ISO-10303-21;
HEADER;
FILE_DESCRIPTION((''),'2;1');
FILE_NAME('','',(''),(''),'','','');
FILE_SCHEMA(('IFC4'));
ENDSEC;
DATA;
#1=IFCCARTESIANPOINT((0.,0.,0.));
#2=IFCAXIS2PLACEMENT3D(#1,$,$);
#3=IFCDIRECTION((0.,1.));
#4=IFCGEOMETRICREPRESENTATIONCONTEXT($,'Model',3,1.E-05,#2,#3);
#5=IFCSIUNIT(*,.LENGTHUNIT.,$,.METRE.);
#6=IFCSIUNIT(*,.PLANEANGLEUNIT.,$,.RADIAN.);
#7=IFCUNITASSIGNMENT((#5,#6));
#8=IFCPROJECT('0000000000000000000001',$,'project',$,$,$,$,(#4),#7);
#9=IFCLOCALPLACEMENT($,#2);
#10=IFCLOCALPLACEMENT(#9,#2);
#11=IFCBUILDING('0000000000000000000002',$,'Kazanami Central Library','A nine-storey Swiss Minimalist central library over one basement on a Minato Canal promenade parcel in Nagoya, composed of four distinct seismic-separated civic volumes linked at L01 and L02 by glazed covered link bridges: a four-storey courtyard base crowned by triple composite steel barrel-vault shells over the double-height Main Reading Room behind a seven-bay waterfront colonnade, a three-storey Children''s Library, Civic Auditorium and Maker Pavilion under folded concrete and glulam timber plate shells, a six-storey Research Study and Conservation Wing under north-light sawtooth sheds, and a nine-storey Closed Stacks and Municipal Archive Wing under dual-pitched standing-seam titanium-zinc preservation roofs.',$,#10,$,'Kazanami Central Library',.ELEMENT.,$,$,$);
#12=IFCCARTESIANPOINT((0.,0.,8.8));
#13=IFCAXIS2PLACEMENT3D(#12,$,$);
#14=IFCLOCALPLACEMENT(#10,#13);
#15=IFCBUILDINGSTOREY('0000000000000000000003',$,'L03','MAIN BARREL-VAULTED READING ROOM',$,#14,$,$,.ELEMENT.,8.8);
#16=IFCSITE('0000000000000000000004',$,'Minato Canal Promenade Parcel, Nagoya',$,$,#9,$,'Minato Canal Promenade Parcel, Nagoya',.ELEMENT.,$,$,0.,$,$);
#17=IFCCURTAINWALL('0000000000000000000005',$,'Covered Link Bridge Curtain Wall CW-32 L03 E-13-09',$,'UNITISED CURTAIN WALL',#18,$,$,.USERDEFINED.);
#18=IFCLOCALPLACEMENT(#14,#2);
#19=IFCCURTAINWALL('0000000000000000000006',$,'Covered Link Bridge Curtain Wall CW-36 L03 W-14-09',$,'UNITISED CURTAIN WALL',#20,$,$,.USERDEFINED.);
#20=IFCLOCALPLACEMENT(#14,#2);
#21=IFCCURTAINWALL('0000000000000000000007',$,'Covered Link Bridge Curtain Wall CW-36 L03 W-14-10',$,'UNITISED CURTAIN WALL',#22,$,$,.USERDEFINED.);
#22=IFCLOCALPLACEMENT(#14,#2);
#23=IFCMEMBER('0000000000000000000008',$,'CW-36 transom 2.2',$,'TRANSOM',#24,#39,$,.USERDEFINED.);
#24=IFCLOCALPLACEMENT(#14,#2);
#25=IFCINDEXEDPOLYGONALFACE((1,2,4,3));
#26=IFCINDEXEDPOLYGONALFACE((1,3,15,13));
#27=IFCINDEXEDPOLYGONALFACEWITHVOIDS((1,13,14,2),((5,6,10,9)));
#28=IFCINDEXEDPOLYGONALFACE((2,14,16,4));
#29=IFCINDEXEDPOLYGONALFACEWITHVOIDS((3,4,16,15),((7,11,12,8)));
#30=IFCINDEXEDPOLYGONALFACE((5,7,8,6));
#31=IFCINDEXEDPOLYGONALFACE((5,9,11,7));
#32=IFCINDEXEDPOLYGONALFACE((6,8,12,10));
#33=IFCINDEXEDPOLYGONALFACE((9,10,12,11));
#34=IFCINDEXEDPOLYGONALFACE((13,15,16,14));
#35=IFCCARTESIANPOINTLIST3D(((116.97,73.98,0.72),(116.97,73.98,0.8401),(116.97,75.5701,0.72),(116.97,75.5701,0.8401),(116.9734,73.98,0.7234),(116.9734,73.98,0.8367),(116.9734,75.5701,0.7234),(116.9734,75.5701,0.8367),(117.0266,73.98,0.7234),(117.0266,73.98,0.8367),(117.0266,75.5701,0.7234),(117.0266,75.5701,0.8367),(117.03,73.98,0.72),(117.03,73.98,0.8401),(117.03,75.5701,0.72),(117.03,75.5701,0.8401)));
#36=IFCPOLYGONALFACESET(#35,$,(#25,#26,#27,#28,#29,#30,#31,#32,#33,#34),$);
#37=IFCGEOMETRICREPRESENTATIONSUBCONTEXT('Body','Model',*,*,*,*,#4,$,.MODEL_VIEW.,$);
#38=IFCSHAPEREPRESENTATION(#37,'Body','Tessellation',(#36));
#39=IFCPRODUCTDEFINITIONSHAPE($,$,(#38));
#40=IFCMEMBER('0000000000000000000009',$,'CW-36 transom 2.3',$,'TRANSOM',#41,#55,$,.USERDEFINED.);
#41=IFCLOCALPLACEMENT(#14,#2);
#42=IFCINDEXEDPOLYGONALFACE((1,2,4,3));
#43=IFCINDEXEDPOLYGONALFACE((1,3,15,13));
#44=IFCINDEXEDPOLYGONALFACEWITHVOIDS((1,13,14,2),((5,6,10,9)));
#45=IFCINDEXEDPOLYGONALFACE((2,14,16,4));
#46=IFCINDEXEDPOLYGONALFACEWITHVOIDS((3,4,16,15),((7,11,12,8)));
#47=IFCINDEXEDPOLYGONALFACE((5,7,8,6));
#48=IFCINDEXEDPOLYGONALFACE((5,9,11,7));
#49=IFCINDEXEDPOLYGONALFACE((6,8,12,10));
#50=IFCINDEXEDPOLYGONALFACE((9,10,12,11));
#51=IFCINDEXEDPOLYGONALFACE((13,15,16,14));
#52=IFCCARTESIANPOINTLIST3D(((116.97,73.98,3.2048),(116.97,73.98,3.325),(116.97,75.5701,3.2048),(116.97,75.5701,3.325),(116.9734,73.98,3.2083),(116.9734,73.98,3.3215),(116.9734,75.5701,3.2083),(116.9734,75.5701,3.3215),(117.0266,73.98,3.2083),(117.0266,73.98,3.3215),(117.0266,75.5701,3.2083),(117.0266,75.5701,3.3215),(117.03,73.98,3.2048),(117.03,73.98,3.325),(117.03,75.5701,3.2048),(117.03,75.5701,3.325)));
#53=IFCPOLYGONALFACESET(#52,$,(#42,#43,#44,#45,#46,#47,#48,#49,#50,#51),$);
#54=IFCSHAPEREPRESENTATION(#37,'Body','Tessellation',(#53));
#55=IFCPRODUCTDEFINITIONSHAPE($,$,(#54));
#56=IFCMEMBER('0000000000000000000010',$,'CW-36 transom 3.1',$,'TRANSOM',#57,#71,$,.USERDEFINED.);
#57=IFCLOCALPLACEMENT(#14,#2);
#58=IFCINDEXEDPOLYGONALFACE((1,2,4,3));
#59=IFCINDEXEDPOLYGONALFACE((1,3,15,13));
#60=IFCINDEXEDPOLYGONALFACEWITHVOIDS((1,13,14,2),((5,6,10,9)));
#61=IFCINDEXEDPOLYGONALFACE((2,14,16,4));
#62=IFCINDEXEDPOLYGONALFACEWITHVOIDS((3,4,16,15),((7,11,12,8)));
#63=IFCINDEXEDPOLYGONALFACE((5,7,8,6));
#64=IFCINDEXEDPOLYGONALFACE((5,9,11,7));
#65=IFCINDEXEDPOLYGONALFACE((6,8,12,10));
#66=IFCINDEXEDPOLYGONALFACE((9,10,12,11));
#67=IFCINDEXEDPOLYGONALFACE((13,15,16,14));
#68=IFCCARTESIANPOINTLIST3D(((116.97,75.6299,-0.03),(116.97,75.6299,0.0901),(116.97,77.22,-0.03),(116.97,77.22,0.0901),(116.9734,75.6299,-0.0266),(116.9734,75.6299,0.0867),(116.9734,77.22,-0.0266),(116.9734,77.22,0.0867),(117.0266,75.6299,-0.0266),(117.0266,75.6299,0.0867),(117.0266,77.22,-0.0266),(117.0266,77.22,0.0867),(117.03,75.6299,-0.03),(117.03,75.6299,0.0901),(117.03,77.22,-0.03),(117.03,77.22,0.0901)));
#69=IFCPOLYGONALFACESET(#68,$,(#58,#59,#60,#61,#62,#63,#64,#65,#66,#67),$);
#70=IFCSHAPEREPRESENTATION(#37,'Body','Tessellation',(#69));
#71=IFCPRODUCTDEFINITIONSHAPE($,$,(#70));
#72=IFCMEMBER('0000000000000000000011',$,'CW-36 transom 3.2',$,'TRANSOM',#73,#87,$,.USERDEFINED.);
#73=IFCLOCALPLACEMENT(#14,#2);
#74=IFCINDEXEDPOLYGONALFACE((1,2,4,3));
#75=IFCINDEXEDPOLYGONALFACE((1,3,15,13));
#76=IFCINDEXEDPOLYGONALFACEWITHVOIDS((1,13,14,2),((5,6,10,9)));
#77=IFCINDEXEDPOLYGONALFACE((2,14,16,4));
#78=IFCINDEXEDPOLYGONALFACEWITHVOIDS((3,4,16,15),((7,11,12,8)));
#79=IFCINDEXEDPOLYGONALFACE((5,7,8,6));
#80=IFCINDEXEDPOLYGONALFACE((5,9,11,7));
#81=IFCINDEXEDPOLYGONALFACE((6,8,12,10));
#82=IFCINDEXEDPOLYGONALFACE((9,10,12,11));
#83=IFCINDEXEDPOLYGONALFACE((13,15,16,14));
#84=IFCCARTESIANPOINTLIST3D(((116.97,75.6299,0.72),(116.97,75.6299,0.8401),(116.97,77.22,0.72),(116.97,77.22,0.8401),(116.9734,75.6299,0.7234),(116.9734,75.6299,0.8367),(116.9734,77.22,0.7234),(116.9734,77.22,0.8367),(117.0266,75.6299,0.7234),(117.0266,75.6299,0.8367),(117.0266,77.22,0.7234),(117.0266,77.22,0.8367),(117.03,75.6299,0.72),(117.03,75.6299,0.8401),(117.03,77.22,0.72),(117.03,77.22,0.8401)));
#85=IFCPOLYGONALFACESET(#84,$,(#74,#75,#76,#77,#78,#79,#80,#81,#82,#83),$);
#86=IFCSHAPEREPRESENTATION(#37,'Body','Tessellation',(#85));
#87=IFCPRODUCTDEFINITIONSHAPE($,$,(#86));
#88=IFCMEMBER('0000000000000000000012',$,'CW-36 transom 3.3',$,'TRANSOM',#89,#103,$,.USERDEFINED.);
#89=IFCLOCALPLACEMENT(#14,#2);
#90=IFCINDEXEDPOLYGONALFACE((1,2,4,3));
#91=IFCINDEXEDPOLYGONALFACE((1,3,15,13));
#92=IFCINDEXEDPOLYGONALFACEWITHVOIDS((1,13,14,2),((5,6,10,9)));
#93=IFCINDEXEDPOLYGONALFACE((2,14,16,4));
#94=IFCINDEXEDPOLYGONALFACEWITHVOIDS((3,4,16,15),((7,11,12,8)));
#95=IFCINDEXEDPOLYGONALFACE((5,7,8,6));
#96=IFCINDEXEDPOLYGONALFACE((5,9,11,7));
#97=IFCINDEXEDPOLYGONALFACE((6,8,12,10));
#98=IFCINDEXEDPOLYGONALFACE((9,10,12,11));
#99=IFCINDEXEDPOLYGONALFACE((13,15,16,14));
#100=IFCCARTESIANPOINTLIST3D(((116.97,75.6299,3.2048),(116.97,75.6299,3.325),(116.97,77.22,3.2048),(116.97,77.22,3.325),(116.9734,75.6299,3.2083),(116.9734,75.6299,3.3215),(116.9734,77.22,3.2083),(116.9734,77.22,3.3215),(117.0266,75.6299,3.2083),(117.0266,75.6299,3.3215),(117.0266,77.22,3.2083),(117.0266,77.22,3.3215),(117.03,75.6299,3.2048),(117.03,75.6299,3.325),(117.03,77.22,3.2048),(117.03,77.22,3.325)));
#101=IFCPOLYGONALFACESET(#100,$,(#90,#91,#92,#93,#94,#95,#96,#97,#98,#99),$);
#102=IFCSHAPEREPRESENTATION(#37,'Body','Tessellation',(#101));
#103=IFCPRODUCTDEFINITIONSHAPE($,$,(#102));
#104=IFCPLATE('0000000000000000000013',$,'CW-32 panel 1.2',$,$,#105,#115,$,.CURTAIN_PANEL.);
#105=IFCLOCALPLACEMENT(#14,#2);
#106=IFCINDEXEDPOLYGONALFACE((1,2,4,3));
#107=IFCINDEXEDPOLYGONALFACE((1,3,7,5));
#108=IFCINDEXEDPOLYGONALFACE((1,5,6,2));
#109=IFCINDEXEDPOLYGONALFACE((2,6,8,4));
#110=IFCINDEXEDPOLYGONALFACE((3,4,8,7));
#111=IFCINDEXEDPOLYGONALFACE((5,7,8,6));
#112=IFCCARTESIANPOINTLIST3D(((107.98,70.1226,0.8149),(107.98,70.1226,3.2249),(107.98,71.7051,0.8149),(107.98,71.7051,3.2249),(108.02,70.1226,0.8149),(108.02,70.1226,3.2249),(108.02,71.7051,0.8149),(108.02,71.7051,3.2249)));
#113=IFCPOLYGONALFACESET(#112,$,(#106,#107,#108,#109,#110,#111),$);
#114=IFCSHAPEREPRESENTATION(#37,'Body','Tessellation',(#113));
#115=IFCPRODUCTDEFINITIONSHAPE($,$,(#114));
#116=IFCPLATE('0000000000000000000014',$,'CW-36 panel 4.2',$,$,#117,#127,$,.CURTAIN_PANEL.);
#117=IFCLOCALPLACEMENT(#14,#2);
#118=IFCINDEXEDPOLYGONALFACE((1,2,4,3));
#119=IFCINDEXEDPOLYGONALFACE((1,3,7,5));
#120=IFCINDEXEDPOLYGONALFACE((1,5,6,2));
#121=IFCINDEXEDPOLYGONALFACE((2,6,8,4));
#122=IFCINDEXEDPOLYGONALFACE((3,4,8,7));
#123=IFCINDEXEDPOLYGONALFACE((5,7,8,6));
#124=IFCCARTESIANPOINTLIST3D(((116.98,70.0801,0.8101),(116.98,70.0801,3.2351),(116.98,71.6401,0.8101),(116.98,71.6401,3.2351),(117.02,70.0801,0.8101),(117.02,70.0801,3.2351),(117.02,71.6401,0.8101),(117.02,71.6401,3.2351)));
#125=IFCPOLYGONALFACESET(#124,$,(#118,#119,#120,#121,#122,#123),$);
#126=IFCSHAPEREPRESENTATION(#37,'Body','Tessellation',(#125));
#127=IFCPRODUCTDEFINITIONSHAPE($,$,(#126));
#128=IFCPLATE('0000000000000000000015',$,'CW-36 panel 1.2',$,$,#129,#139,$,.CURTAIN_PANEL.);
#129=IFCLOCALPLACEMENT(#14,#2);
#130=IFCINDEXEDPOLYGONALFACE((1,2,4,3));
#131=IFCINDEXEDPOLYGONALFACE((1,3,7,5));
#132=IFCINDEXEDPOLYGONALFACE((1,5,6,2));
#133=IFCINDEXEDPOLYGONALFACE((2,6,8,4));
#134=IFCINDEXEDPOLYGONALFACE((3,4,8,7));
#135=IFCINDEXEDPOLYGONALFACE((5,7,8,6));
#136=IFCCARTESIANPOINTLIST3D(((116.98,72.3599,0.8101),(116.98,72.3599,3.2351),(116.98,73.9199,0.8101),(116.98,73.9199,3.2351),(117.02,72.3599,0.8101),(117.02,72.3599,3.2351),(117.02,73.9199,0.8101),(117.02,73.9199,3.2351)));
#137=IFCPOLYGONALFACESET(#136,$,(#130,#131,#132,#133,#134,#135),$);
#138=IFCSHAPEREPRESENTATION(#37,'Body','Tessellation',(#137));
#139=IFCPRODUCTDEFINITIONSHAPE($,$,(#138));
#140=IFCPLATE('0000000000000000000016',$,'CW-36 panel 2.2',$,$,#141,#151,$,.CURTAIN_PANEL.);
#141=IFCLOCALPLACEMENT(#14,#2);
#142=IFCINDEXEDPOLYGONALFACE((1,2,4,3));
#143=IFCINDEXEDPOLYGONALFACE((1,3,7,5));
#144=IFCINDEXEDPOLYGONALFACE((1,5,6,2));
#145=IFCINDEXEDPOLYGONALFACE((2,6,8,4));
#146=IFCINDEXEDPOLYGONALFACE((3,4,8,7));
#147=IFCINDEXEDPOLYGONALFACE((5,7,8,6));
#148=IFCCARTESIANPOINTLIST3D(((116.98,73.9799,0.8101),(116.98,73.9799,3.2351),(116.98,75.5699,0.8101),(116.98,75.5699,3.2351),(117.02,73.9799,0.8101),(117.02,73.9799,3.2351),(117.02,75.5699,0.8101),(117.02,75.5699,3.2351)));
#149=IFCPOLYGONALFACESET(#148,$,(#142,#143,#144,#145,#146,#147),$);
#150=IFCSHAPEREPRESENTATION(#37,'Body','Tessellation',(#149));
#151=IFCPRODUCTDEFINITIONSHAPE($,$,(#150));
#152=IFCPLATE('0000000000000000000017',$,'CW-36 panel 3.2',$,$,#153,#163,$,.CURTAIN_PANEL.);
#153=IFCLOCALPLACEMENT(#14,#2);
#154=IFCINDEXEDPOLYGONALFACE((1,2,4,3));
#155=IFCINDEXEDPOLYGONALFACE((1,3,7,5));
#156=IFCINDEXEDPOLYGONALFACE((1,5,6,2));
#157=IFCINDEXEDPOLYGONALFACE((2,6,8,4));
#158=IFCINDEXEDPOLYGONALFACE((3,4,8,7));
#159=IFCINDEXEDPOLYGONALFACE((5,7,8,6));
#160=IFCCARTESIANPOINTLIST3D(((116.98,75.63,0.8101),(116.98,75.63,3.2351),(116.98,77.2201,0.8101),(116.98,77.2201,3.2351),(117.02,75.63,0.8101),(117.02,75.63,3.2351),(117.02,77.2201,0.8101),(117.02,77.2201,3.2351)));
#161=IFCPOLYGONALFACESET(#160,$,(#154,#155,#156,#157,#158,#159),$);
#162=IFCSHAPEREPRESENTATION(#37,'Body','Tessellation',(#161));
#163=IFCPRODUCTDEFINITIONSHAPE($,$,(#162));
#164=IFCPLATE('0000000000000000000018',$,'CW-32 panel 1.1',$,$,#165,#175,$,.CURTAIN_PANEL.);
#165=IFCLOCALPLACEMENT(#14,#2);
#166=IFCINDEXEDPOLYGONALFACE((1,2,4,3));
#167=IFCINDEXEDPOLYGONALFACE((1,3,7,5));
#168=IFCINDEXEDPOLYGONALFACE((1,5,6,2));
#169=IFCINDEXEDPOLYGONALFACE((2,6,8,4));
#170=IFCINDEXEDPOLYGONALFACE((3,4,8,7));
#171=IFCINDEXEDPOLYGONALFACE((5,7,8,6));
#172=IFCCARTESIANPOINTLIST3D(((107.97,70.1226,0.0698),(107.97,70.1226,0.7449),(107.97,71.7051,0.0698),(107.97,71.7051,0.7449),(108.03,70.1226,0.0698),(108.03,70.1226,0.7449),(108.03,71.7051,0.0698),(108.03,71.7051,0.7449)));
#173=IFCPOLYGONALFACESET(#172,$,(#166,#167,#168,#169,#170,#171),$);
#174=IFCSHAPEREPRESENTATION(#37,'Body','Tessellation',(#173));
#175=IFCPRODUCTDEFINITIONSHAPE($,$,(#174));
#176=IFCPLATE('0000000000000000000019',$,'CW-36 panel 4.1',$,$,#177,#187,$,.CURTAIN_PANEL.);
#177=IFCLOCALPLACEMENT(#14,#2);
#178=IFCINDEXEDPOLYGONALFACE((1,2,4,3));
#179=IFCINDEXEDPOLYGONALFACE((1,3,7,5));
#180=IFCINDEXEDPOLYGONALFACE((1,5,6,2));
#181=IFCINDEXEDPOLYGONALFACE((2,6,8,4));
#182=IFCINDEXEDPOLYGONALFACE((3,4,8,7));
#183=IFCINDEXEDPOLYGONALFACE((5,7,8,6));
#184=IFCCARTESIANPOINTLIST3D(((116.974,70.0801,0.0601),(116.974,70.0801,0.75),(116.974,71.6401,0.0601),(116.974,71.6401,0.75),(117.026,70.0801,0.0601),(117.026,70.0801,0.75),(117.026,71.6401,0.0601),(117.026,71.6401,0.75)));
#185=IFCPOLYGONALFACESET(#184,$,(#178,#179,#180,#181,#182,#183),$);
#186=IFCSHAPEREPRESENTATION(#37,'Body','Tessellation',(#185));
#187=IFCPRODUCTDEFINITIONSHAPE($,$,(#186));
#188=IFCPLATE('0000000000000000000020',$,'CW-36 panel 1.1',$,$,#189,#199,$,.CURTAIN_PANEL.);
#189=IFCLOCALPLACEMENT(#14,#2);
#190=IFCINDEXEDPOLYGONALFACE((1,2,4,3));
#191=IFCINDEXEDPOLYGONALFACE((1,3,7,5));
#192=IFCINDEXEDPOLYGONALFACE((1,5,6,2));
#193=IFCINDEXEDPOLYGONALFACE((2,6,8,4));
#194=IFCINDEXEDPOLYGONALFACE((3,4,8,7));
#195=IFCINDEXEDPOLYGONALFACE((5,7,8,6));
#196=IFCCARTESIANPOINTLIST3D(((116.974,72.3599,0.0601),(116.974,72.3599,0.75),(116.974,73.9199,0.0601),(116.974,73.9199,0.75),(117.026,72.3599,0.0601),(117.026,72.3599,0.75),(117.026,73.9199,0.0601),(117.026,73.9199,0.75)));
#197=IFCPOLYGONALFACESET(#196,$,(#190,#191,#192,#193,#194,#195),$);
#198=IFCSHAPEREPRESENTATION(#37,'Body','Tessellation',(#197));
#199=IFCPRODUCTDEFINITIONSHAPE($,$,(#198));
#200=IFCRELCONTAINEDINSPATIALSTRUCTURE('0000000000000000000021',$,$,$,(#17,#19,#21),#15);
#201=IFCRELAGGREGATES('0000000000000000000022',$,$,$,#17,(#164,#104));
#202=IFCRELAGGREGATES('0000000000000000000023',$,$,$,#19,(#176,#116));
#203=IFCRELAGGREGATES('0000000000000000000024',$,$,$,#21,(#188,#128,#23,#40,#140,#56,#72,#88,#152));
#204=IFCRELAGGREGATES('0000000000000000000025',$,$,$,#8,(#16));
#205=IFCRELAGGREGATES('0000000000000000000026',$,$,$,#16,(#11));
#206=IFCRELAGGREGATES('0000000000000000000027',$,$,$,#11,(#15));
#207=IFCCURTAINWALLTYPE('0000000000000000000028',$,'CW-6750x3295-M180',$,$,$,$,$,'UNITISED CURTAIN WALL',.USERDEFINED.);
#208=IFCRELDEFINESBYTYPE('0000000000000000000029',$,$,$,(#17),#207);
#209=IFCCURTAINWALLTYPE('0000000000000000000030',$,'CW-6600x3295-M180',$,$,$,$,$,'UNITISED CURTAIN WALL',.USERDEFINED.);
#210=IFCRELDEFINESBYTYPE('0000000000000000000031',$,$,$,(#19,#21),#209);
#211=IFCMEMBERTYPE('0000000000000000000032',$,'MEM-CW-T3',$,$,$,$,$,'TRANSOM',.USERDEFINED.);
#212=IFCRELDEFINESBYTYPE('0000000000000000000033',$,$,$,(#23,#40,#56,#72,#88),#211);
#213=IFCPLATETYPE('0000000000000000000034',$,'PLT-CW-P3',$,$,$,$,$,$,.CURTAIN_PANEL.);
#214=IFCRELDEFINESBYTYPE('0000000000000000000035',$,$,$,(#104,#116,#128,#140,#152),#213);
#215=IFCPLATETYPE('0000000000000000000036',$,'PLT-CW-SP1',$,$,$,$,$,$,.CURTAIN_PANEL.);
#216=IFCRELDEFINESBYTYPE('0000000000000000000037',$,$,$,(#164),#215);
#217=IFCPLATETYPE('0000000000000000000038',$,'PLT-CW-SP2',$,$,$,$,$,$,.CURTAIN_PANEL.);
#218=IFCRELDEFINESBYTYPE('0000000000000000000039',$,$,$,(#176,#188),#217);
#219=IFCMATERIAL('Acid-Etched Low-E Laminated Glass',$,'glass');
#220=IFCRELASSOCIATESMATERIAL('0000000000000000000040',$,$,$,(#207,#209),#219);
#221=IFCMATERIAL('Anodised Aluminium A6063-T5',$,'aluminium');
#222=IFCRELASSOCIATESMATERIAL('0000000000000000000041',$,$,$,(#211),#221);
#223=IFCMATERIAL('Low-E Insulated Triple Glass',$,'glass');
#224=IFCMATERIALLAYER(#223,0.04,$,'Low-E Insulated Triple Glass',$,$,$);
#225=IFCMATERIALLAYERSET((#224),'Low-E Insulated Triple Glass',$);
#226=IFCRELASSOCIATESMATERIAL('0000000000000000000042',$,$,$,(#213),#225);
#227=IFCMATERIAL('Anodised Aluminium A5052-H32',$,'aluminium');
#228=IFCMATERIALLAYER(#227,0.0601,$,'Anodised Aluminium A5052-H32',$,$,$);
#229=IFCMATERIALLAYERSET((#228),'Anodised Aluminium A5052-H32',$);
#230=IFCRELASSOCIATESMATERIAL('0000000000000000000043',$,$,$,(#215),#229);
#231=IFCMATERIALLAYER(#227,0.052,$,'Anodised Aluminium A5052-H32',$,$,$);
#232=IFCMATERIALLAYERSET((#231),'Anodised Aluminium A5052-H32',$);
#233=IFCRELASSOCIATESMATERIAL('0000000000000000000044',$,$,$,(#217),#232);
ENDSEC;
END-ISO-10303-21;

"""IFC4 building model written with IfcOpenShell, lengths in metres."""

from ifc_helpers import new_model, si_unit, direction, frame, origin, origin_2d, place, context, subcontext, project, spatial, rectangle, hollow_rectangle, extrude, material, layer, layer_set, material_profile, profile_set, type_object, element, aggregate, save


model = new_model("IFC4")

# Units and contexts
model_context = context("Model", 3, precision=1e-05, world=origin(), true_north=direction((0.0, 1.0)))
body_context = subcontext(model_context, "Body", "Model", "MODEL_VIEW")
ifc_project = project(units=[si_unit("LENGTHUNIT", "METRE"), si_unit("PLANEANGLEUNIT", "RADIAN")], contexts=[model_context])

# Site, building, storey
site_placement = place(None, origin())
site = spatial("IfcSite", under=ifc_project, at=site_placement, Name="Minato Canal Promenade Parcel, Nagoya", LongName="Minato Canal Promenade Parcel, Nagoya", CompositionType="ELEMENT", RefElevation=0.0)
building_placement = place(site_placement, origin())
building = spatial("IfcBuilding", under=site, at=building_placement, Name="Kazanami Central Library", Description="A nine-storey Swiss Minimalist central library over one basement on a Minato Canal promenade parcel in Nagoya, composed of four distinct seismic-separated civic volumes linked at L01 and L02 by glazed covered link bridges: a four-storey courtyard base crowned by triple composite steel barrel-vault shells over the double-height Main Reading Room behind a seven-bay waterfront colonnade, a three-storey Children's Library, Civic Auditorium and Maker Pavilion under folded concrete and glulam timber plate shells, a six-storey Research Study and Conservation Wing under north-light sawtooth sheds, and a nine-storey Closed Stacks and Municipal Archive Wing under dual-pitched standing-seam titanium-zinc preservation roofs.", LongName="Kazanami Central Library", CompositionType="ELEMENT")
storey_placement = place(building_placement, frame((0.0, 0.0, 8.8)))
storey = spatial("IfcBuildingStorey", under=building, at=storey_placement, Name="L03", Description="MAIN BARREL-VAULTED READING ROOM", CompositionType="ELEMENT", Elevation=8.8)

# Curtain wall
ifc_material_1 = material(Name="Acid-Etched Low-E Laminated Glass", Category="glass")
curtain_wall_type_1 = type_object("IfcCurtainWallType", Name="CW-6750x3295-M180", ElementType="UNITISED CURTAIN WALL", PredefinedType="USERDEFINED", material=ifc_material_1)
curtain_wall_1_placement = place(storey_placement, origin())
curtain_wall_1 = element("IfcCurtainWall", 1, at=curtain_wall_1_placement, inside=storey, type_object=curtain_wall_type_1, Name="Covered Link Bridge Curtain Wall CW-32 L03 E-13-09", ObjectType="UNITISED CURTAIN WALL", PredefinedType="USERDEFINED")
ifc_material_2 = material(Name="Anodised Aluminium A6063-T5", Category="aluminium")

# Curtain wall
curtain_wall_type_2 = type_object("IfcCurtainWallType", Name="CW-6600x3295-M180", ElementType="UNITISED CURTAIN WALL", PredefinedType="USERDEFINED", material=ifc_material_1)
curtain_wall_2_placement = place(storey_placement, origin())
curtain_wall_2 = element("IfcCurtainWall", 2, at=curtain_wall_2_placement, inside=storey, type_object=curtain_wall_type_2, Name="Covered Link Bridge Curtain Wall CW-36 L03 W-14-09", ObjectType="UNITISED CURTAIN WALL", PredefinedType="USERDEFINED")

# Curtain wall
curtain_wall_3_placement = place(storey_placement, origin())
curtain_wall_3 = element("IfcCurtainWall", 3, at=curtain_wall_3_placement, inside=storey, type_object=curtain_wall_type_2, Name="Covered Link Bridge Curtain Wall CW-36 L03 W-14-10", ObjectType="UNITISED CURTAIN WALL", PredefinedType="USERDEFINED")

# Members
ifc_material_profile_1 = material_profile(ifc_material_2, hollow_rectangle(XDim=0.0601, YDim=0.1201, WallThickness=0.0034, at=origin_2d()), Name="ALU-TRAN-60x120x3.5")
ifc_profile_set_1 = profile_set([ifc_material_profile_1], Name="Anodised Aluminium A6063-T5")
member_type_1 = type_object("IfcMemberType", Name="MEM-CW-T3", ElementType="TRANSOM", PredefinedType="USERDEFINED", material=ifc_profile_set_1)
member_1_placement = place(storey_placement, frame((117.0, 73.98, 0.78), z_axis=(0.0, 1.0, 0.0), x_axis=(-1.0, 0.0, 0.0)))
member_1 = element("IfcMember", 4, at=member_1_placement, type_object=member_type_1, Name="CW-36 transom 2.2", ObjectType="TRANSOM", PredefinedType="USERDEFINED", context=body_context, shape_type="SweptSolid", body=[
    extrude(hollow_rectangle(XDim=0.0601, YDim=0.1201, WallThickness=0.0034, at=origin_2d()), origin(), (0.0, 0.0, 1.0), 1.5901),
])
member_2_placement = place(storey_placement, frame((117.0, 73.98, 3.2649), z_axis=(0.0, 1.0, 0.0), x_axis=(-1.0, 0.0, 0.0)))
member_2 = element("IfcMember", 5, at=member_2_placement, type_object=member_type_1, Name="CW-36 transom 2.3", ObjectType="TRANSOM", PredefinedType="USERDEFINED", context=body_context, shape_type="SweptSolid", body=[
    extrude(hollow_rectangle(XDim=0.0601, YDim=0.1201, WallThickness=0.0034, at=origin_2d()), origin(), (0.0, 0.0, 1.0), 1.5901),
])
member_3_placement = place(storey_placement, frame((117.0, 75.6299, 0.03), z_axis=(0.0, 1.0, 0.0), x_axis=(-1.0, 0.0, 0.0)))
member_3 = element("IfcMember", 6, at=member_3_placement, type_object=member_type_1, Name="CW-36 transom 3.1", ObjectType="TRANSOM", PredefinedType="USERDEFINED", context=body_context, shape_type="SweptSolid", body=[
    extrude(hollow_rectangle(XDim=0.0601, YDim=0.1201, WallThickness=0.0034, at=origin_2d()), origin(), (0.0, 0.0, 1.0), 1.5901),
])
member_4_placement = place(storey_placement, frame((117.0, 75.6299, 0.78), z_axis=(0.0, 1.0, 0.0), x_axis=(-1.0, 0.0, 0.0)))
member_4 = element("IfcMember", 7, at=member_4_placement, type_object=member_type_1, Name="CW-36 transom 3.2", ObjectType="TRANSOM", PredefinedType="USERDEFINED", context=body_context, shape_type="SweptSolid", body=[
    extrude(hollow_rectangle(XDim=0.0601, YDim=0.1201, WallThickness=0.0034, at=origin_2d()), origin(), (0.0, 0.0, 1.0), 1.5901),
])
member_5_placement = place(storey_placement, frame((117.0, 75.6299, 3.2649), z_axis=(0.0, 1.0, 0.0), x_axis=(-1.0, 0.0, 0.0)))
member_5 = element("IfcMember", 8, at=member_5_placement, type_object=member_type_1, Name="CW-36 transom 3.3", ObjectType="TRANSOM", PredefinedType="USERDEFINED", context=body_context, shape_type="SweptSolid", body=[
    extrude(hollow_rectangle(XDim=0.0601, YDim=0.1201, WallThickness=0.0034, at=origin_2d()), origin(), (0.0, 0.0, 1.0), 1.5901),
])

# Plates
ifc_material_3 = material(Name="Low-E Insulated Triple Glass", Category="glass")
ifc_layer_1 = layer(ifc_material_3, 0.04, Name="Low-E Insulated Triple Glass")
ifc_layer_set_1 = layer_set([ifc_layer_1], Name="Low-E Insulated Triple Glass")
plate_type_1 = type_object("IfcPlateType", Name="PLT-CW-P3", PredefinedType="CURTAIN_PANEL", material=ifc_layer_set_1)
plate_1_placement = place(storey_placement, frame((108.0, 70.9138, 0.8149), z_axis=(0.0, 0.0, 1.0), x_axis=(0.0, -1.0, 0.0)))
plate_1 = element("IfcPlate", 9, at=plate_1_placement, type_object=plate_type_1, Name="CW-32 panel 1.2", PredefinedType="CURTAIN_PANEL", context=body_context, shape_type="SweptSolid", body=[
    extrude(rectangle(XDim=1.5825, YDim=0.04, at=origin_2d()), origin(), (0.0, 0.0, 1.0), 2.4099),
])
plate_2_placement = place(storey_placement, frame((117.0, 70.8601, 0.8101), z_axis=(0.0, 0.0, 1.0), x_axis=(0.0, 1.0, 0.0)))
plate_2 = element("IfcPlate", 10, at=plate_2_placement, type_object=plate_type_1, Name="CW-36 panel 4.2", PredefinedType="CURTAIN_PANEL", context=body_context, shape_type="SweptSolid", body=[
    extrude(rectangle(XDim=1.5601, YDim=0.04, at=origin_2d()), origin(), (0.0, 0.0, 1.0), 2.425),
])
plate_3_placement = place(storey_placement, frame((117.0, 73.1399, 0.8101), z_axis=(0.0, 0.0, 1.0), x_axis=(0.0, 1.0, 0.0)))
plate_3 = element("IfcPlate", 11, at=plate_3_placement, type_object=plate_type_1, Name="CW-36 panel 1.2", PredefinedType="CURTAIN_PANEL", context=body_context, shape_type="SweptSolid", body=[
    extrude(rectangle(XDim=1.5601, YDim=0.04, at=origin_2d()), origin(), (0.0, 0.0, 1.0), 2.425),
])
plate_4_placement = place(storey_placement, frame((117.0, 74.7749, 0.8101), z_axis=(0.0, 0.0, 1.0), x_axis=(0.0, 1.0, 0.0)))
plate_4 = element("IfcPlate", 12, at=plate_4_placement, type_object=plate_type_1, Name="CW-36 panel 2.2", PredefinedType="CURTAIN_PANEL", context=body_context, shape_type="SweptSolid", body=[
    extrude(rectangle(XDim=1.5901, YDim=0.04, at=origin_2d()), origin(), (0.0, 0.0, 1.0), 2.425),
])
plate_5_placement = place(storey_placement, frame((117.0, 76.425, 0.8101), z_axis=(0.0, 0.0, 1.0), x_axis=(0.0, 1.0, 0.0)))
plate_5 = element("IfcPlate", 13, at=plate_5_placement, type_object=plate_type_1, Name="CW-36 panel 3.2", PredefinedType="CURTAIN_PANEL", context=body_context, shape_type="SweptSolid", body=[
    extrude(rectangle(XDim=1.5901, YDim=0.04, at=origin_2d()), origin(), (0.0, 0.0, 1.0), 2.425),
])
ifc_material_4 = material(Name="Anodised Aluminium A5052-H32", Category="aluminium")
ifc_layer_2 = layer(ifc_material_4, 0.0601, Name="Anodised Aluminium A5052-H32")
ifc_layer_set_2 = layer_set([ifc_layer_2], Name="Anodised Aluminium A5052-H32")
plate_type_2 = type_object("IfcPlateType", Name="PLT-CW-SP1", PredefinedType="CURTAIN_PANEL", material=ifc_layer_set_2)
plate_6_placement = place(storey_placement, frame((108.0, 70.9138, 0.0698), z_axis=(0.0, 0.0, 1.0), x_axis=(0.0, -1.0, 0.0)))
plate_6 = element("IfcPlate", 14, at=plate_6_placement, type_object=plate_type_2, Name="CW-32 panel 1.1", PredefinedType="CURTAIN_PANEL", context=body_context, shape_type="SweptSolid", body=[
    extrude(rectangle(XDim=1.5825, YDim=0.0601, at=origin_2d()), origin(), (0.0, 0.0, 1.0), 0.675),
])
aggregate(curtain_wall_1, [plate_6, plate_1])
ifc_layer_3 = layer(ifc_material_4, 0.052, Name="Anodised Aluminium A5052-H32")
ifc_layer_set_3 = layer_set([ifc_layer_3], Name="Anodised Aluminium A5052-H32")
plate_type_3 = type_object("IfcPlateType", Name="PLT-CW-SP2", PredefinedType="CURTAIN_PANEL", material=ifc_layer_set_3)
plate_7_placement = place(storey_placement, frame((117.0, 70.8601, 0.0601), z_axis=(0.0, 0.0, 1.0), x_axis=(0.0, 1.0, 0.0)))
plate_7 = element("IfcPlate", 15, at=plate_7_placement, type_object=plate_type_3, Name="CW-36 panel 4.1", PredefinedType="CURTAIN_PANEL", context=body_context, shape_type="SweptSolid", body=[
    extrude(rectangle(XDim=1.5601, YDim=0.052, at=origin_2d()), origin(), (0.0, 0.0, 1.0), 0.6899),
])
aggregate(curtain_wall_2, [plate_7, plate_2])
plate_8_placement = place(storey_placement, frame((117.0, 73.1399, 0.0601), z_axis=(0.0, 0.0, 1.0), x_axis=(0.0, 1.0, 0.0)))
plate_8 = element("IfcPlate", 16, at=plate_8_placement, type_object=plate_type_3, Name="CW-36 panel 1.1", PredefinedType="CURTAIN_PANEL", context=body_context, shape_type="SweptSolid", body=[
    extrude(rectangle(XDim=1.5601, YDim=0.052, at=origin_2d()), origin(), (0.0, 0.0, 1.0), 0.6899),
])
aggregate(curtain_wall_3, [plate_8, plate_3, member_1, member_2, plate_4, member_3, member_4, member_5, plate_5])

save(model, "model.ifc")
